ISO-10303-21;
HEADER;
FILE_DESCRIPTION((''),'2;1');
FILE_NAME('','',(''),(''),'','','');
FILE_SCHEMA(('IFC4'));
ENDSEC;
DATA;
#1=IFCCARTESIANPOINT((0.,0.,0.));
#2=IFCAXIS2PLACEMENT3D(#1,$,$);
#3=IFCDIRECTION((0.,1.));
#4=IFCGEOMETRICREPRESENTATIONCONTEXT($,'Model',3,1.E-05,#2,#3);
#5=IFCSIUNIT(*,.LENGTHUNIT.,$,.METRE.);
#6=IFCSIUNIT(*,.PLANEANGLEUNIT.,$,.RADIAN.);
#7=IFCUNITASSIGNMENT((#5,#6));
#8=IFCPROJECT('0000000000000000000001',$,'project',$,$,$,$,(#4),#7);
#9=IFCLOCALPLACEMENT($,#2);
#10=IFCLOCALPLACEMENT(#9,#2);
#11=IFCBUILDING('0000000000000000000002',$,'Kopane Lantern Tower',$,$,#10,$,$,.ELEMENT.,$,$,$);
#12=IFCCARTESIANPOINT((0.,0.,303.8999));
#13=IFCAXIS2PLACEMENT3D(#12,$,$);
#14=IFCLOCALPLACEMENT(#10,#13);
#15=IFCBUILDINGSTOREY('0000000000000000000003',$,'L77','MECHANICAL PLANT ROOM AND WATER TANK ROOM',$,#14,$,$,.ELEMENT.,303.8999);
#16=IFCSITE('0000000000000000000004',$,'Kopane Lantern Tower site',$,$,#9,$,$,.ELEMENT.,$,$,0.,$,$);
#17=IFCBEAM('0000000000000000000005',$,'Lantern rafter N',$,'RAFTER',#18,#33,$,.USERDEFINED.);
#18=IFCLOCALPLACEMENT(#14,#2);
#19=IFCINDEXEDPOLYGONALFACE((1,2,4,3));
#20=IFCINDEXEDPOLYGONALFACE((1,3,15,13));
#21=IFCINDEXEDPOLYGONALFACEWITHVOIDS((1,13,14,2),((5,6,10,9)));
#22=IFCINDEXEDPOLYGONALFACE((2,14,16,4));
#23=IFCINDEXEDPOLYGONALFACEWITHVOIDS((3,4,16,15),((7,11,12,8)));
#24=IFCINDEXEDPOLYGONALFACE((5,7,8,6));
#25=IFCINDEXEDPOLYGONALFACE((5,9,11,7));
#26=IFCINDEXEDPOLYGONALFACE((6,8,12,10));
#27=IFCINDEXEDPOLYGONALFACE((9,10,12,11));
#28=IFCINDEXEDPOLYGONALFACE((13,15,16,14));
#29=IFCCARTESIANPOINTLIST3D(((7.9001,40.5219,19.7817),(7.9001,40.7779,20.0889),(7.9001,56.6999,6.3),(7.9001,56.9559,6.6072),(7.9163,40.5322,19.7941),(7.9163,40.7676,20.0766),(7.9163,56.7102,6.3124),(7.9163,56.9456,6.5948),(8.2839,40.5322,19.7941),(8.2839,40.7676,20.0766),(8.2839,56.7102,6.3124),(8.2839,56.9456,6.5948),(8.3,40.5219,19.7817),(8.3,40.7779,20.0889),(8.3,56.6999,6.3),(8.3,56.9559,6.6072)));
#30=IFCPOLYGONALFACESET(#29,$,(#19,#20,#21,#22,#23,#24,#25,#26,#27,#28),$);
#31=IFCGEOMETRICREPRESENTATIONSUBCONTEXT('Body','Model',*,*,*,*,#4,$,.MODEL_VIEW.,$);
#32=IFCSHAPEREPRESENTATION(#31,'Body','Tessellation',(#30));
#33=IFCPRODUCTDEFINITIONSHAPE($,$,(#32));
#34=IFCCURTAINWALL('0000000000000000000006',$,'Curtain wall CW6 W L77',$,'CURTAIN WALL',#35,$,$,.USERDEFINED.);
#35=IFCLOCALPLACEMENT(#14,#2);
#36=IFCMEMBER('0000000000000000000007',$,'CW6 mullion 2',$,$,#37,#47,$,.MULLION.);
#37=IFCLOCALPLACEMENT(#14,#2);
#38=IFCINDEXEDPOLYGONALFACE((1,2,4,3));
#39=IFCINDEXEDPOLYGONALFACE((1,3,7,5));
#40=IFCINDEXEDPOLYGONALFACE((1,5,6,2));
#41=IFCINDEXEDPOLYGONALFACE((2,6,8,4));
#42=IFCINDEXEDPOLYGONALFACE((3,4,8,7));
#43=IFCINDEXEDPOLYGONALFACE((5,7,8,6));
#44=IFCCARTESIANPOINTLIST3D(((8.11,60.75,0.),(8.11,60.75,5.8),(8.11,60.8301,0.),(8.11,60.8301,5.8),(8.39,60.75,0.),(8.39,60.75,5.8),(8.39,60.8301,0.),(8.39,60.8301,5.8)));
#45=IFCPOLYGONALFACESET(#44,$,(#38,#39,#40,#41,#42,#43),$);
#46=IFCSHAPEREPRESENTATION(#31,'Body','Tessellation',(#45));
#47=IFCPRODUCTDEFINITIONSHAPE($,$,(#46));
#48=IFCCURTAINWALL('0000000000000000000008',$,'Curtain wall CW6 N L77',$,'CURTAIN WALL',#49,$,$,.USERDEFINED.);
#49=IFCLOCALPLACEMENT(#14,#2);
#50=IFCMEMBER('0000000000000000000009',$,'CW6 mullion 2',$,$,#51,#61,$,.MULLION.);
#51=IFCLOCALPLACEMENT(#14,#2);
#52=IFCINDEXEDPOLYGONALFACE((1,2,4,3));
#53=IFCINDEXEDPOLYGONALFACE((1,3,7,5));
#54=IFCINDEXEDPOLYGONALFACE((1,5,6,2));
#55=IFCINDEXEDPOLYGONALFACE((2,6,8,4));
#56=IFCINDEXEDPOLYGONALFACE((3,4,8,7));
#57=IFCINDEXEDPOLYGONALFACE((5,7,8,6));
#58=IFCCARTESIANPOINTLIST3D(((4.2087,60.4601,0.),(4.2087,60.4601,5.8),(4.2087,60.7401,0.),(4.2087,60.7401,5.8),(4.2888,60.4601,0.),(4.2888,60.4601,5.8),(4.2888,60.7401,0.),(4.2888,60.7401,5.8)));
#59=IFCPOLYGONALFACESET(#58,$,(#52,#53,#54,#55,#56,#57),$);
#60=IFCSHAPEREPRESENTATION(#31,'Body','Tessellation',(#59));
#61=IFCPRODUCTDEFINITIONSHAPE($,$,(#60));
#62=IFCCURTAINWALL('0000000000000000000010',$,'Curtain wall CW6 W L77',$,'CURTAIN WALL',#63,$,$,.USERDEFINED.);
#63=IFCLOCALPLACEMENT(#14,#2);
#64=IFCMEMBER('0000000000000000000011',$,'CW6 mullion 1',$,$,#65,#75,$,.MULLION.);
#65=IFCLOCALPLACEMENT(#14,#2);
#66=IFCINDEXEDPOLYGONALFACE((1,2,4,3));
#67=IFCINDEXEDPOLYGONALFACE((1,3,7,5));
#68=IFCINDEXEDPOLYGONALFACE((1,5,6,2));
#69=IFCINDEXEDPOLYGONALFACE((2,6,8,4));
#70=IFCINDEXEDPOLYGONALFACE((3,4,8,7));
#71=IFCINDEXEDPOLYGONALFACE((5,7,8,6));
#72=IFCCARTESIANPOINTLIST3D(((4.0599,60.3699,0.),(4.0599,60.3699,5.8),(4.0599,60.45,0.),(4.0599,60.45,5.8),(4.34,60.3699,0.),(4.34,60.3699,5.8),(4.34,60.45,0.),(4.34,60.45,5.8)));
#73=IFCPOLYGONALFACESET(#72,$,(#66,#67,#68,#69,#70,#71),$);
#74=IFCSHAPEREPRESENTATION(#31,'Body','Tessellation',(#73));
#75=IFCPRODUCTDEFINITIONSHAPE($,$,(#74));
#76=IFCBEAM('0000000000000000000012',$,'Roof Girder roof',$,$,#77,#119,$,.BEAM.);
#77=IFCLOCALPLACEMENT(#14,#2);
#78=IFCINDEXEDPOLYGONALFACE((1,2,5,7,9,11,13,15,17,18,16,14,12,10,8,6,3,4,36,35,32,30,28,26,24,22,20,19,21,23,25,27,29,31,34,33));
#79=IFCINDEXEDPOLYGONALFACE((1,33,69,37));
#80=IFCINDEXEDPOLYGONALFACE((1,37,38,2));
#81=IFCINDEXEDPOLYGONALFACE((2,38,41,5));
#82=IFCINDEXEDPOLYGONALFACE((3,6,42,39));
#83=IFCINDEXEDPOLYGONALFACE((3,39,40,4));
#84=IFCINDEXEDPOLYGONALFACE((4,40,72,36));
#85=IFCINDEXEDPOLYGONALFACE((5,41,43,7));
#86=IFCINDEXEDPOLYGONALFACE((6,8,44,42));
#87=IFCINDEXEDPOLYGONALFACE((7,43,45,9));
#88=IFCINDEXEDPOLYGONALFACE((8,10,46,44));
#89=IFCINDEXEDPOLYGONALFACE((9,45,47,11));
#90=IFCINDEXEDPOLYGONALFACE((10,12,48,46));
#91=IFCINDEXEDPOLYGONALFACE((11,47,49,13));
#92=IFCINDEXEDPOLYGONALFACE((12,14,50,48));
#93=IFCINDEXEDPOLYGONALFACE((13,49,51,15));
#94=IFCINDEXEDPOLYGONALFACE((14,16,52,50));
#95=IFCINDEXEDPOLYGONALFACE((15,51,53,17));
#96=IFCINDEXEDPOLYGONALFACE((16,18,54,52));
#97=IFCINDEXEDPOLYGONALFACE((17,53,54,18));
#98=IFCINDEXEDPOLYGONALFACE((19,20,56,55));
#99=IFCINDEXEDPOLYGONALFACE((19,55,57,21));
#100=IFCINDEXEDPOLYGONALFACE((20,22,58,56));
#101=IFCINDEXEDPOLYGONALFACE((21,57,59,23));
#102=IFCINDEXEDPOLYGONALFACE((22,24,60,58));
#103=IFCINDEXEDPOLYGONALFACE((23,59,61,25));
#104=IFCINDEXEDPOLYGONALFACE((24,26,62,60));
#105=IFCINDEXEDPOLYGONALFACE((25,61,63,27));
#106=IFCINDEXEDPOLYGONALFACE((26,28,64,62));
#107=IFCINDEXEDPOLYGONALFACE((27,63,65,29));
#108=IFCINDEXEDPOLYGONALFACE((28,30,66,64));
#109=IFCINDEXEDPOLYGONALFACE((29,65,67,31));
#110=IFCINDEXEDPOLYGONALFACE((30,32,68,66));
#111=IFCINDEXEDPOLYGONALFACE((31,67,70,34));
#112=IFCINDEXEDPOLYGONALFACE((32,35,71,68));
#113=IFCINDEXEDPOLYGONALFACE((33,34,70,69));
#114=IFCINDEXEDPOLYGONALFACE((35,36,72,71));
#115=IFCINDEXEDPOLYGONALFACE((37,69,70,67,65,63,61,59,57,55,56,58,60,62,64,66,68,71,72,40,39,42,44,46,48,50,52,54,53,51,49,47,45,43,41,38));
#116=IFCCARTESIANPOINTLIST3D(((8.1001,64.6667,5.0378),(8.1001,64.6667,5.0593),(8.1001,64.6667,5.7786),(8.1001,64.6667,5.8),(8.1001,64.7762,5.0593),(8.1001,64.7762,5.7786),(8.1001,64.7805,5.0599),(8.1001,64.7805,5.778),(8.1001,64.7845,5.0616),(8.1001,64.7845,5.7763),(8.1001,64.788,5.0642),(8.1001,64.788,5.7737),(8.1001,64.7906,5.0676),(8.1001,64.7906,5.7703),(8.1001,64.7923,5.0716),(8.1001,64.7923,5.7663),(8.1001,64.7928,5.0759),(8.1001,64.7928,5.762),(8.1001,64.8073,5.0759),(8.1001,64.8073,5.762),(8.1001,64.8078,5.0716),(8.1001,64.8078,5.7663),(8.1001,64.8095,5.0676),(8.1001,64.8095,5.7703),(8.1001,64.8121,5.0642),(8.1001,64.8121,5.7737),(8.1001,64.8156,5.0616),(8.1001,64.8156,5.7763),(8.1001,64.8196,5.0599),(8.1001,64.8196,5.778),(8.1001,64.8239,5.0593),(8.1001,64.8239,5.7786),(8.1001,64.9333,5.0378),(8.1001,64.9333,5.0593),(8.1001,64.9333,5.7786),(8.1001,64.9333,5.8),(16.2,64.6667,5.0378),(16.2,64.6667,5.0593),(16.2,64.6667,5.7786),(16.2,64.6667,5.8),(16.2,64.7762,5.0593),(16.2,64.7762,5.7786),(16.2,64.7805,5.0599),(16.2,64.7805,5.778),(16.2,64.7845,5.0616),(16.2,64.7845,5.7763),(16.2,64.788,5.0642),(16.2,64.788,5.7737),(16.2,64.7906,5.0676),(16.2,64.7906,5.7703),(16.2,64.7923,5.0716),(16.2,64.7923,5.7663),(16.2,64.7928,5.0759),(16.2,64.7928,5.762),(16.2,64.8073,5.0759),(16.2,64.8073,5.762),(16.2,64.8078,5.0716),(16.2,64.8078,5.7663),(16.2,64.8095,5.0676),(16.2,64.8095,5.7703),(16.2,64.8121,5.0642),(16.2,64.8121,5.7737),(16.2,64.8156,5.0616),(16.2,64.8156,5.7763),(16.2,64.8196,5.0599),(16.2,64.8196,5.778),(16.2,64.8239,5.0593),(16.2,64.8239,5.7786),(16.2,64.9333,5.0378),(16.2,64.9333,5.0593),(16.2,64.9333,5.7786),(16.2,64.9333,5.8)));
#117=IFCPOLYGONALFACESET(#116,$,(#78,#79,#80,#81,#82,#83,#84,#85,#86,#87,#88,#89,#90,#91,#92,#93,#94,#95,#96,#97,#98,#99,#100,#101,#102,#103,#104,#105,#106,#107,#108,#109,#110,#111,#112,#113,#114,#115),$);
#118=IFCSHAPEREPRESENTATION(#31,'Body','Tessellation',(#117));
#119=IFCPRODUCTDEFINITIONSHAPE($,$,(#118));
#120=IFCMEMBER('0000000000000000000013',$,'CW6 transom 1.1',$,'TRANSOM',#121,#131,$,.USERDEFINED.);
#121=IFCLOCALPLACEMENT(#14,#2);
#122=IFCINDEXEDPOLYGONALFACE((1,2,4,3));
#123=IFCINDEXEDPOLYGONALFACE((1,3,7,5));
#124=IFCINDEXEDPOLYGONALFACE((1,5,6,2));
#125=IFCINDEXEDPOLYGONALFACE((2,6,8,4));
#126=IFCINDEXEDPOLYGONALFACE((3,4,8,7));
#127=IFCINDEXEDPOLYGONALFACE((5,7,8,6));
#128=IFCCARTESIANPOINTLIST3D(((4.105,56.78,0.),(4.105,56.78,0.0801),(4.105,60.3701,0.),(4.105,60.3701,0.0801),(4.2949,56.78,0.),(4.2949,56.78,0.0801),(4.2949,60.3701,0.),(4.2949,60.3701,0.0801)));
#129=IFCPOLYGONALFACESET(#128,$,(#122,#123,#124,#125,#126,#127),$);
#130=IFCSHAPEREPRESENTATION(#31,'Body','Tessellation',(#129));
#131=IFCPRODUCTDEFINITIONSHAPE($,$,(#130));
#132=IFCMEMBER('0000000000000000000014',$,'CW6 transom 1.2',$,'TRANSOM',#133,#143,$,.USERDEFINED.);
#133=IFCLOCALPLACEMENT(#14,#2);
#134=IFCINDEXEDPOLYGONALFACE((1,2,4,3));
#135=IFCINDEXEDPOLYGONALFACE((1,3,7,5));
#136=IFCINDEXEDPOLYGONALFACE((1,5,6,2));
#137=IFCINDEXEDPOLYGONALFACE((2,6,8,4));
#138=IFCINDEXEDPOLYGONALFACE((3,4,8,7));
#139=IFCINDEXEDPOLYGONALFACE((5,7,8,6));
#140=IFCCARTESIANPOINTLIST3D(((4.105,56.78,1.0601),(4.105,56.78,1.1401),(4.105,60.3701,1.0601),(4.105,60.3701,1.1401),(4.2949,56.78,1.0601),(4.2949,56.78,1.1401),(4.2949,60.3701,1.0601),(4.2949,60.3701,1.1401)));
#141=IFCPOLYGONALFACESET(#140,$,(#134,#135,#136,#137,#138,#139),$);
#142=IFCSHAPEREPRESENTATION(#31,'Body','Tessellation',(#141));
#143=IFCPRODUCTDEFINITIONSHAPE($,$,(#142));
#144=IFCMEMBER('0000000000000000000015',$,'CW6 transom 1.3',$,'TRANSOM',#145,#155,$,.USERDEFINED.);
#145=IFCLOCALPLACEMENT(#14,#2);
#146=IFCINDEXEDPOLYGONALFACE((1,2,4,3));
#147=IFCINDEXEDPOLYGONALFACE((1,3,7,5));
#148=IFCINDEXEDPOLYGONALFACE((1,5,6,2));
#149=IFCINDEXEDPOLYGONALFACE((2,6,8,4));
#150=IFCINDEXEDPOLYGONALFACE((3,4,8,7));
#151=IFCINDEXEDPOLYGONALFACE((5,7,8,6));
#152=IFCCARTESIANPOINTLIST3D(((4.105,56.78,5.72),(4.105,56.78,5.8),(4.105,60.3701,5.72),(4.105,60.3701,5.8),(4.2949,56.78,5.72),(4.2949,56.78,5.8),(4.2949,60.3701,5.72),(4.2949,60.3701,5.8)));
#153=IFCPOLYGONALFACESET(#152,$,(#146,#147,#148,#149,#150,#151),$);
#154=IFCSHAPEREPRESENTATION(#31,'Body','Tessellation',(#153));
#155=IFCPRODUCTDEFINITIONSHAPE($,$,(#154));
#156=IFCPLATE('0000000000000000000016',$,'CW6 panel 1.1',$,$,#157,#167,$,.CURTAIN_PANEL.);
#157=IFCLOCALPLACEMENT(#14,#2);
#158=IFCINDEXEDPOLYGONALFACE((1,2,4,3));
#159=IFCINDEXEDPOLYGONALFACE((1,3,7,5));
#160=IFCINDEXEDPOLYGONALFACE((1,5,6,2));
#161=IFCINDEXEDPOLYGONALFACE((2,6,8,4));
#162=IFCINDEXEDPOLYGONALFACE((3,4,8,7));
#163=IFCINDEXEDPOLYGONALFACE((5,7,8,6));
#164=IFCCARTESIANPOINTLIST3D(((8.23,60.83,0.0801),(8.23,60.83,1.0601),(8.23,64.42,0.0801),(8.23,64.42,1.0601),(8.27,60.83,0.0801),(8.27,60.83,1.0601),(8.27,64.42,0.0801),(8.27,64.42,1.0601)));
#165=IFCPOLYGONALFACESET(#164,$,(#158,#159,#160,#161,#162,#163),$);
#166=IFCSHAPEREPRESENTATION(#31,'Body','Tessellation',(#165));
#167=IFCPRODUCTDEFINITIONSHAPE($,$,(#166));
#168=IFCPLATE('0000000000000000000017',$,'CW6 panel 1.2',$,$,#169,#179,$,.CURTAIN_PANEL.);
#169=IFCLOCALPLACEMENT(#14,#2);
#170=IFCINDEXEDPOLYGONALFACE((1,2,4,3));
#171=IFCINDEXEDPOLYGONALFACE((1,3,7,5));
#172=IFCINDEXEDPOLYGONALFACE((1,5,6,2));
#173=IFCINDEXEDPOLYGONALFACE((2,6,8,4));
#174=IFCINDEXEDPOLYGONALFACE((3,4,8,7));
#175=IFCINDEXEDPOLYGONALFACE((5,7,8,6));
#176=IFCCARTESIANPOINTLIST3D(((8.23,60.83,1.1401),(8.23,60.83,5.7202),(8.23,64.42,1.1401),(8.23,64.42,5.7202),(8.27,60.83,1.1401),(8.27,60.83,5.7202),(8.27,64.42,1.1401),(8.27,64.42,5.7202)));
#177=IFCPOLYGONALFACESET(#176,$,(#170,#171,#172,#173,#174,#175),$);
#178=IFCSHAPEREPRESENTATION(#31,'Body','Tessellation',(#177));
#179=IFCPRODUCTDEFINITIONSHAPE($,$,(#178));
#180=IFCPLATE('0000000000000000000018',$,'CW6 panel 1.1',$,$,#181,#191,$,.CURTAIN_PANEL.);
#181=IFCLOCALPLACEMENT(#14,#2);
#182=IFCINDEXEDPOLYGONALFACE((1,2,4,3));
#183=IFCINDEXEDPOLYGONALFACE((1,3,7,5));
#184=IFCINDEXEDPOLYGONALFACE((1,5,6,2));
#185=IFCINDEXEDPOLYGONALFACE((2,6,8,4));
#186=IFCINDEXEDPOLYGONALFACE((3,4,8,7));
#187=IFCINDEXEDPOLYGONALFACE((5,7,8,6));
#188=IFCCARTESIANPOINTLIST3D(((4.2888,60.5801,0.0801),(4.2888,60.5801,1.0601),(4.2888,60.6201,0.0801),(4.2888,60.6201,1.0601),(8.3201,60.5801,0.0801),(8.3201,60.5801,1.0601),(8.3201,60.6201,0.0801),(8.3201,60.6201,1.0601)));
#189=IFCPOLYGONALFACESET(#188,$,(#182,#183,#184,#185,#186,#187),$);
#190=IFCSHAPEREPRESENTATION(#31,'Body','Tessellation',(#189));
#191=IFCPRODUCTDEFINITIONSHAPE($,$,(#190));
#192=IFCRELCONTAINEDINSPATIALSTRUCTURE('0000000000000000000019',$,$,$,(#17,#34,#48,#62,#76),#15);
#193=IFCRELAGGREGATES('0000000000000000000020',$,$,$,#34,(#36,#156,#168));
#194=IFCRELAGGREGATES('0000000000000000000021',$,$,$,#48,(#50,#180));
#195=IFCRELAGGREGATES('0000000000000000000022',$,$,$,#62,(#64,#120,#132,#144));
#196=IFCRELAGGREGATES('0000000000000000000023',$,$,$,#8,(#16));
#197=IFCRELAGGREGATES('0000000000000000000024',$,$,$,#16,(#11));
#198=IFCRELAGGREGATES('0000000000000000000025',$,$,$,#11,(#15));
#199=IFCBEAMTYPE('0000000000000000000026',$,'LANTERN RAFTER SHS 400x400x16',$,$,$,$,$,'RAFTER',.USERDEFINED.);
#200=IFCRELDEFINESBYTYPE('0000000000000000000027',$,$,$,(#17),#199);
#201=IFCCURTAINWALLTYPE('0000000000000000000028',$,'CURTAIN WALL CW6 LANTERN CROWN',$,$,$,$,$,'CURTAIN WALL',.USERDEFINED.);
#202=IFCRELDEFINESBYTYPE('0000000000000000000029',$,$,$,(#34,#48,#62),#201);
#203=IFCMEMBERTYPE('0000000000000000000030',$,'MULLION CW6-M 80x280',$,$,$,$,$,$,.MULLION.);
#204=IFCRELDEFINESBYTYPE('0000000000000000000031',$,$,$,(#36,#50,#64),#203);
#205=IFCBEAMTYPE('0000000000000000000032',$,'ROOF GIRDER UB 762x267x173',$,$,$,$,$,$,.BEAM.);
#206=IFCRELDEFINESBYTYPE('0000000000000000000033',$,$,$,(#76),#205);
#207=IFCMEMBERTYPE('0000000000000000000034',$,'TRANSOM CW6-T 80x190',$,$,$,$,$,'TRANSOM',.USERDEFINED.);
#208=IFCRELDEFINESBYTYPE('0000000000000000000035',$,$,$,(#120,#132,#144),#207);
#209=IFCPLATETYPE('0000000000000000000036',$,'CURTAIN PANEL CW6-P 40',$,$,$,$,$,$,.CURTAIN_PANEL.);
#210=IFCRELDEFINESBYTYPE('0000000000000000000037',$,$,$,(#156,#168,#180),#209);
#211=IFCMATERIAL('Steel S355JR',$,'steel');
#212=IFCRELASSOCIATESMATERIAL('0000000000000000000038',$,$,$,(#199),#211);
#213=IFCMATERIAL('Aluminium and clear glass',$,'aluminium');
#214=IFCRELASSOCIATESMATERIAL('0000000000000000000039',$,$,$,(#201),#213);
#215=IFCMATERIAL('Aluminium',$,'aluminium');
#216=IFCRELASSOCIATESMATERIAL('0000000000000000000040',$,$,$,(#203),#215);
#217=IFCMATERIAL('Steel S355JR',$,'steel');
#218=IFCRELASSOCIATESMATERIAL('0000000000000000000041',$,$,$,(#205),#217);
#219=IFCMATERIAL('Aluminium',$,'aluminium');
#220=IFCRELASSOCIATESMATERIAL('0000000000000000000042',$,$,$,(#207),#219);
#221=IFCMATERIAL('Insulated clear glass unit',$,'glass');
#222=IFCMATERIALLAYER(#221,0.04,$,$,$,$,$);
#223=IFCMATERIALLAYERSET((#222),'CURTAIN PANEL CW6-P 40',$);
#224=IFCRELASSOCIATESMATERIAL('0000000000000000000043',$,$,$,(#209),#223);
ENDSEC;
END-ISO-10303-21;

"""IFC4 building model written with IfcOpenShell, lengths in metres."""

from ifc_helpers import new_model, si_unit, direction, frame, origin, origin_2d, place, context, subcontext, project, spatial, rectangle, hollow_rectangle, i_section, extrude, material, layer, layer_set, material_profile, profile_set, type_object, element, aggregate, save


model = new_model("IFC4")

# Units and contexts
model_context = context("Model", 3, precision=1e-05, world=origin(), true_north=direction((0.0, 1.0)))
body_context = subcontext(model_context, "Body", "Model", "MODEL_VIEW")
ifc_project = project(units=[si_unit("LENGTHUNIT", "METRE"), si_unit("PLANEANGLEUNIT", "RADIAN")], contexts=[model_context])

# Site, building, storey
site_placement = place(None, origin())
site = spatial("IfcSite", under=ifc_project, at=site_placement, Name="Kopane Lantern Tower site", CompositionType="ELEMENT", RefElevation=0.0)
building_placement = place(site_placement, origin())
building = spatial("IfcBuilding", under=site, at=building_placement, Name="Kopane Lantern Tower", CompositionType="ELEMENT")
storey_placement = place(building_placement, frame((0.0, 0.0, 303.8999)))
storey = spatial("IfcBuildingStorey", under=building, at=storey_placement, Name="L77", Description="MECHANICAL PLANT ROOM AND WATER TANK ROOM", CompositionType="ELEMENT", Elevation=303.8999)

# Beam
ifc_material_1 = material(Name="Steel S355JR", Category="steel")
ifc_material_profile_1 = material_profile(ifc_material_1, hollow_rectangle(XDim=0.3999, YDim=0.3999, WallThickness=0.0161, at=origin_2d()), Name="RHS 400x400x16")
ifc_profile_set_1 = profile_set([ifc_material_profile_1], Name="Steel S355JR")
beam_type_1 = type_object("IfcBeamType", Name="LANTERN RAFTER SHS 400x400x16", ElementType="RAFTER", PredefinedType="USERDEFINED", material=ifc_profile_set_1)
beam_1_placement = place(storey_placement, frame((8.1001, 56.8279, 6.4536), z_axis=(0.0, -0.76822, 0.640186), x_axis=(1.0, 0.0, 0.0)))
element("IfcBeam", 1, at=beam_1_placement, inside=storey, type_object=beam_type_1, Name="Lantern rafter N", ObjectType="RAFTER", PredefinedType="USERDEFINED", context=body_context, shape_type="SweptSolid", body=[
    extrude(hollow_rectangle(XDim=0.3999, YDim=0.3999, WallThickness=0.0161, at=origin_2d()), origin(), (0.0, 0.0, 1.0), 21.0591),
])

# Curtain walls, members
ifc_material_2 = material(Name="Aluminium and clear glass", Category="aluminium")
curtain_wall_type = type_object("IfcCurtainWallType", Name="CURTAIN WALL CW6 LANTERN CROWN", ElementType="CURTAIN WALL", PredefinedType="USERDEFINED", material=ifc_material_2)
curtain_wall_1_placement = place(storey_placement, origin())
curtain_wall_1 = element("IfcCurtainWall", 2, at=curtain_wall_1_placement, inside=storey, type_object=curtain_wall_type, Name="Curtain wall CW6 W L77", ObjectType="CURTAIN WALL", PredefinedType="USERDEFINED")
ifc_material_3 = material(Name="Aluminium", Category="aluminium")
ifc_material_profile_2 = material_profile(ifc_material_3, rectangle(XDim=0.0801, YDim=0.28, at=origin_2d()), Name="AL 80x280")
ifc_profile_set_2 = profile_set([ifc_material_profile_2], Name="Aluminium")
member_type_1 = type_object("IfcMemberType", Name="MULLION CW6-M 80x280", PredefinedType="MULLION", material=ifc_profile_set_2)
member_1_placement = place(storey_placement, frame((8.25, 60.79, 0.0), z_axis=(0.0, 0.0, 1.0), x_axis=(0.0, -1.0, 0.0)))
member_1 = element("IfcMember", 3, at=member_1_placement, type_object=member_type_1, Name="CW6 mullion 2", PredefinedType="MULLION", context=body_context, shape_type="SweptSolid", body=[
    extrude(rectangle(XDim=0.0801, YDim=0.28, at=origin_2d()), origin(), (0.0, 0.0, 1.0), 5.8),
])
curtain_wall_2_placement = place(storey_placement, origin())
curtain_wall_2 = element("IfcCurtainWall", 4, at=curtain_wall_2_placement, inside=storey, type_object=curtain_wall_type, Name="Curtain wall CW6 N L77", ObjectType="CURTAIN WALL", PredefinedType="USERDEFINED")
member_2_placement = place(storey_placement, frame((4.2488, 60.6001, 0.0), z_axis=(0.0, 0.0, 1.0), x_axis=(-1.0, 0.0, 0.0)))
member_2 = element("IfcMember", 5, at=member_2_placement, type_object=member_type_1, Name="CW6 mullion 2", PredefinedType="MULLION", context=body_context, shape_type="SweptSolid", body=[
    extrude(rectangle(XDim=0.0801, YDim=0.28, at=origin_2d()), origin(), (0.0, 0.0, 1.0), 5.8),
])
curtain_wall_3_placement = place(storey_placement, origin())
curtain_wall_3 = element("IfcCurtainWall", 6, at=curtain_wall_3_placement, inside=storey, type_object=curtain_wall_type, Name="Curtain wall CW6 W L77", ObjectType="CURTAIN WALL", PredefinedType="USERDEFINED")
member_3_placement = place(storey_placement, frame((4.2, 60.4099, 0.0), z_axis=(0.0, 0.0, 1.0), x_axis=(0.0, -1.0, 0.0)))
member_3 = element("IfcMember", 7, at=member_3_placement, type_object=member_type_1, Name="CW6 mullion 1", PredefinedType="MULLION", context=body_context, shape_type="SweptSolid", body=[
    extrude(rectangle(XDim=0.0801, YDim=0.28, at=origin_2d()), origin(), (0.0, 0.0, 1.0), 5.8),
])

# Beam
ifc_material_4 = material(Name="Steel S355JR", Category="steel")
ifc_material_profile_3 = material_profile(ifc_material_4, i_section(OverallWidth=0.2666, OverallDepth=0.7622, WebThickness=0.0144, FlangeThickness=0.0215, FilletRadius=0.0166, at=origin_2d()), Name="UB 762x267x173")
ifc_profile_set_3 = profile_set([ifc_material_profile_3], Name="Steel S355JR")
beam_type_2 = type_object("IfcBeamType", Name="ROOF GIRDER UB 762x267x173", PredefinedType="BEAM", material=ifc_profile_set_3)
beam_2_placement = place(storey_placement, frame((8.1001, 64.8, 5.4189), z_axis=(1.0, 0.0, 0.0), x_axis=(0.0, 1.0, 0.0)))
element("IfcBeam", 8, at=beam_2_placement, inside=storey, type_object=beam_type_2, Name="Roof Girder roof", PredefinedType="BEAM", context=body_context, shape_type="SweptSolid", body=[
    extrude(i_section(OverallWidth=0.2666, OverallDepth=0.7622, WebThickness=0.0144, FlangeThickness=0.0215, FilletRadius=0.0166, at=origin_2d()), origin(), (0.0, 0.0, 1.0), 8.0999),
])

# Members
ifc_material_5 = material(Name="Aluminium", Category="aluminium")
ifc_material_profile_4 = material_profile(ifc_material_5, rectangle(XDim=0.1899, YDim=0.0801, at=origin_2d()), Name="AL 190x80")
ifc_profile_set_4 = profile_set([ifc_material_profile_4], Name="Aluminium")
member_type_2 = type_object("IfcMemberType", Name="TRANSOM CW6-T 80x190", ElementType="TRANSOM", PredefinedType="USERDEFINED", material=ifc_profile_set_4)
member_4_placement = place(storey_placement, frame((4.2, 60.3701, 0.04), z_axis=(0.0, -1.0, 0.0), x_axis=(1.0, 0.0, 0.0)))
member_4 = element("IfcMember", 9, at=member_4_placement, type_object=member_type_2, Name="CW6 transom 1.1", ObjectType="TRANSOM", PredefinedType="USERDEFINED", context=body_context, shape_type="SweptSolid", body=[
    extrude(rectangle(XDim=0.1899, YDim=0.0801, at=origin_2d()), origin(), (0.0, 0.0, 1.0), 3.5901),
])
member_5_placement = place(storey_placement, frame((4.2, 60.3701, 1.1001), z_axis=(0.0, -1.0, 0.0), x_axis=(1.0, 0.0, 0.0)))
member_5 = element("IfcMember", 10, at=member_5_placement, type_object=member_type_2, Name="CW6 transom 1.2", ObjectType="TRANSOM", PredefinedType="USERDEFINED", context=body_context, shape_type="SweptSolid", body=[
    extrude(rectangle(XDim=0.1899, YDim=0.0801, at=origin_2d()), origin(), (0.0, 0.0, 1.0), 3.5901),
])
member_6_placement = place(storey_placement, frame((4.2, 60.3701, 5.76), z_axis=(0.0, -1.0, 0.0), x_axis=(1.0, 0.0, 0.0)))
member_6 = element("IfcMember", 11, at=member_6_placement, type_object=member_type_2, Name="CW6 transom 1.3", ObjectType="TRANSOM", PredefinedType="USERDEFINED", context=body_context, shape_type="SweptSolid", body=[
    extrude(rectangle(XDim=0.1899, YDim=0.0801, at=origin_2d()), origin(), (0.0, 0.0, 1.0), 3.5901),
])

# Plates
ifc_material_6 = material(Name="Insulated clear glass unit", Category="glass")
ifc_layer_1 = layer(ifc_material_6, 0.04)
ifc_layer_set_1 = layer_set([ifc_layer_1], Name="CURTAIN PANEL CW6-P 40")
plate_type_1 = type_object("IfcPlateType", Name="CURTAIN PANEL CW6-P 40", PredefinedType="CURTAIN_PANEL", material=ifc_layer_set_1)
plate_1_placement = place(storey_placement, frame((8.25, 62.625, 0.0801), z_axis=(0.0, 0.0, 1.0), x_axis=(0.0, -1.0, 0.0)))
plate_1 = element("IfcPlate", 12, at=plate_1_placement, type_object=plate_type_1, Name="CW6 panel 1.1", PredefinedType="CURTAIN_PANEL", context=body_context, shape_type="SweptSolid", body=[
    extrude(rectangle(XDim=3.5901, YDim=0.04, at=origin_2d()), origin(), (0.0, 0.0, 1.0), 0.98),
])
plate_2_placement = place(storey_placement, frame((8.25, 62.625, 1.1401), z_axis=(0.0, 0.0, 1.0), x_axis=(0.0, -1.0, 0.0)))
plate_2 = element("IfcPlate", 13, at=plate_2_placement, type_object=plate_type_1, Name="CW6 panel 1.2", PredefinedType="CURTAIN_PANEL", context=body_context, shape_type="SweptSolid", body=[
    extrude(rectangle(XDim=3.5901, YDim=0.04, at=origin_2d()), origin(), (0.0, 0.0, 1.0), 4.5801),
])
aggregate(curtain_wall_1, [member_1, plate_1, plate_2])
plate_3_placement = place(storey_placement, frame((6.3044, 60.6001, 0.0801), z_axis=(0.0, 0.0, 1.0), x_axis=(-1.0, 0.0, 0.0)))
plate_3 = element("IfcPlate", 14, at=plate_3_placement, type_object=plate_type_1, Name="CW6 panel 1.1", PredefinedType="CURTAIN_PANEL", context=body_context, shape_type="SweptSolid", body=[
    extrude(rectangle(XDim=4.0312, YDim=0.04, at=origin_2d()), origin(), (0.0, 0.0, 1.0), 0.98),
])
aggregate(curtain_wall_2, [member_2, plate_3])
aggregate(curtain_wall_3, [member_3, member_4, member_5, member_6])

save(model, "model.ifc")
